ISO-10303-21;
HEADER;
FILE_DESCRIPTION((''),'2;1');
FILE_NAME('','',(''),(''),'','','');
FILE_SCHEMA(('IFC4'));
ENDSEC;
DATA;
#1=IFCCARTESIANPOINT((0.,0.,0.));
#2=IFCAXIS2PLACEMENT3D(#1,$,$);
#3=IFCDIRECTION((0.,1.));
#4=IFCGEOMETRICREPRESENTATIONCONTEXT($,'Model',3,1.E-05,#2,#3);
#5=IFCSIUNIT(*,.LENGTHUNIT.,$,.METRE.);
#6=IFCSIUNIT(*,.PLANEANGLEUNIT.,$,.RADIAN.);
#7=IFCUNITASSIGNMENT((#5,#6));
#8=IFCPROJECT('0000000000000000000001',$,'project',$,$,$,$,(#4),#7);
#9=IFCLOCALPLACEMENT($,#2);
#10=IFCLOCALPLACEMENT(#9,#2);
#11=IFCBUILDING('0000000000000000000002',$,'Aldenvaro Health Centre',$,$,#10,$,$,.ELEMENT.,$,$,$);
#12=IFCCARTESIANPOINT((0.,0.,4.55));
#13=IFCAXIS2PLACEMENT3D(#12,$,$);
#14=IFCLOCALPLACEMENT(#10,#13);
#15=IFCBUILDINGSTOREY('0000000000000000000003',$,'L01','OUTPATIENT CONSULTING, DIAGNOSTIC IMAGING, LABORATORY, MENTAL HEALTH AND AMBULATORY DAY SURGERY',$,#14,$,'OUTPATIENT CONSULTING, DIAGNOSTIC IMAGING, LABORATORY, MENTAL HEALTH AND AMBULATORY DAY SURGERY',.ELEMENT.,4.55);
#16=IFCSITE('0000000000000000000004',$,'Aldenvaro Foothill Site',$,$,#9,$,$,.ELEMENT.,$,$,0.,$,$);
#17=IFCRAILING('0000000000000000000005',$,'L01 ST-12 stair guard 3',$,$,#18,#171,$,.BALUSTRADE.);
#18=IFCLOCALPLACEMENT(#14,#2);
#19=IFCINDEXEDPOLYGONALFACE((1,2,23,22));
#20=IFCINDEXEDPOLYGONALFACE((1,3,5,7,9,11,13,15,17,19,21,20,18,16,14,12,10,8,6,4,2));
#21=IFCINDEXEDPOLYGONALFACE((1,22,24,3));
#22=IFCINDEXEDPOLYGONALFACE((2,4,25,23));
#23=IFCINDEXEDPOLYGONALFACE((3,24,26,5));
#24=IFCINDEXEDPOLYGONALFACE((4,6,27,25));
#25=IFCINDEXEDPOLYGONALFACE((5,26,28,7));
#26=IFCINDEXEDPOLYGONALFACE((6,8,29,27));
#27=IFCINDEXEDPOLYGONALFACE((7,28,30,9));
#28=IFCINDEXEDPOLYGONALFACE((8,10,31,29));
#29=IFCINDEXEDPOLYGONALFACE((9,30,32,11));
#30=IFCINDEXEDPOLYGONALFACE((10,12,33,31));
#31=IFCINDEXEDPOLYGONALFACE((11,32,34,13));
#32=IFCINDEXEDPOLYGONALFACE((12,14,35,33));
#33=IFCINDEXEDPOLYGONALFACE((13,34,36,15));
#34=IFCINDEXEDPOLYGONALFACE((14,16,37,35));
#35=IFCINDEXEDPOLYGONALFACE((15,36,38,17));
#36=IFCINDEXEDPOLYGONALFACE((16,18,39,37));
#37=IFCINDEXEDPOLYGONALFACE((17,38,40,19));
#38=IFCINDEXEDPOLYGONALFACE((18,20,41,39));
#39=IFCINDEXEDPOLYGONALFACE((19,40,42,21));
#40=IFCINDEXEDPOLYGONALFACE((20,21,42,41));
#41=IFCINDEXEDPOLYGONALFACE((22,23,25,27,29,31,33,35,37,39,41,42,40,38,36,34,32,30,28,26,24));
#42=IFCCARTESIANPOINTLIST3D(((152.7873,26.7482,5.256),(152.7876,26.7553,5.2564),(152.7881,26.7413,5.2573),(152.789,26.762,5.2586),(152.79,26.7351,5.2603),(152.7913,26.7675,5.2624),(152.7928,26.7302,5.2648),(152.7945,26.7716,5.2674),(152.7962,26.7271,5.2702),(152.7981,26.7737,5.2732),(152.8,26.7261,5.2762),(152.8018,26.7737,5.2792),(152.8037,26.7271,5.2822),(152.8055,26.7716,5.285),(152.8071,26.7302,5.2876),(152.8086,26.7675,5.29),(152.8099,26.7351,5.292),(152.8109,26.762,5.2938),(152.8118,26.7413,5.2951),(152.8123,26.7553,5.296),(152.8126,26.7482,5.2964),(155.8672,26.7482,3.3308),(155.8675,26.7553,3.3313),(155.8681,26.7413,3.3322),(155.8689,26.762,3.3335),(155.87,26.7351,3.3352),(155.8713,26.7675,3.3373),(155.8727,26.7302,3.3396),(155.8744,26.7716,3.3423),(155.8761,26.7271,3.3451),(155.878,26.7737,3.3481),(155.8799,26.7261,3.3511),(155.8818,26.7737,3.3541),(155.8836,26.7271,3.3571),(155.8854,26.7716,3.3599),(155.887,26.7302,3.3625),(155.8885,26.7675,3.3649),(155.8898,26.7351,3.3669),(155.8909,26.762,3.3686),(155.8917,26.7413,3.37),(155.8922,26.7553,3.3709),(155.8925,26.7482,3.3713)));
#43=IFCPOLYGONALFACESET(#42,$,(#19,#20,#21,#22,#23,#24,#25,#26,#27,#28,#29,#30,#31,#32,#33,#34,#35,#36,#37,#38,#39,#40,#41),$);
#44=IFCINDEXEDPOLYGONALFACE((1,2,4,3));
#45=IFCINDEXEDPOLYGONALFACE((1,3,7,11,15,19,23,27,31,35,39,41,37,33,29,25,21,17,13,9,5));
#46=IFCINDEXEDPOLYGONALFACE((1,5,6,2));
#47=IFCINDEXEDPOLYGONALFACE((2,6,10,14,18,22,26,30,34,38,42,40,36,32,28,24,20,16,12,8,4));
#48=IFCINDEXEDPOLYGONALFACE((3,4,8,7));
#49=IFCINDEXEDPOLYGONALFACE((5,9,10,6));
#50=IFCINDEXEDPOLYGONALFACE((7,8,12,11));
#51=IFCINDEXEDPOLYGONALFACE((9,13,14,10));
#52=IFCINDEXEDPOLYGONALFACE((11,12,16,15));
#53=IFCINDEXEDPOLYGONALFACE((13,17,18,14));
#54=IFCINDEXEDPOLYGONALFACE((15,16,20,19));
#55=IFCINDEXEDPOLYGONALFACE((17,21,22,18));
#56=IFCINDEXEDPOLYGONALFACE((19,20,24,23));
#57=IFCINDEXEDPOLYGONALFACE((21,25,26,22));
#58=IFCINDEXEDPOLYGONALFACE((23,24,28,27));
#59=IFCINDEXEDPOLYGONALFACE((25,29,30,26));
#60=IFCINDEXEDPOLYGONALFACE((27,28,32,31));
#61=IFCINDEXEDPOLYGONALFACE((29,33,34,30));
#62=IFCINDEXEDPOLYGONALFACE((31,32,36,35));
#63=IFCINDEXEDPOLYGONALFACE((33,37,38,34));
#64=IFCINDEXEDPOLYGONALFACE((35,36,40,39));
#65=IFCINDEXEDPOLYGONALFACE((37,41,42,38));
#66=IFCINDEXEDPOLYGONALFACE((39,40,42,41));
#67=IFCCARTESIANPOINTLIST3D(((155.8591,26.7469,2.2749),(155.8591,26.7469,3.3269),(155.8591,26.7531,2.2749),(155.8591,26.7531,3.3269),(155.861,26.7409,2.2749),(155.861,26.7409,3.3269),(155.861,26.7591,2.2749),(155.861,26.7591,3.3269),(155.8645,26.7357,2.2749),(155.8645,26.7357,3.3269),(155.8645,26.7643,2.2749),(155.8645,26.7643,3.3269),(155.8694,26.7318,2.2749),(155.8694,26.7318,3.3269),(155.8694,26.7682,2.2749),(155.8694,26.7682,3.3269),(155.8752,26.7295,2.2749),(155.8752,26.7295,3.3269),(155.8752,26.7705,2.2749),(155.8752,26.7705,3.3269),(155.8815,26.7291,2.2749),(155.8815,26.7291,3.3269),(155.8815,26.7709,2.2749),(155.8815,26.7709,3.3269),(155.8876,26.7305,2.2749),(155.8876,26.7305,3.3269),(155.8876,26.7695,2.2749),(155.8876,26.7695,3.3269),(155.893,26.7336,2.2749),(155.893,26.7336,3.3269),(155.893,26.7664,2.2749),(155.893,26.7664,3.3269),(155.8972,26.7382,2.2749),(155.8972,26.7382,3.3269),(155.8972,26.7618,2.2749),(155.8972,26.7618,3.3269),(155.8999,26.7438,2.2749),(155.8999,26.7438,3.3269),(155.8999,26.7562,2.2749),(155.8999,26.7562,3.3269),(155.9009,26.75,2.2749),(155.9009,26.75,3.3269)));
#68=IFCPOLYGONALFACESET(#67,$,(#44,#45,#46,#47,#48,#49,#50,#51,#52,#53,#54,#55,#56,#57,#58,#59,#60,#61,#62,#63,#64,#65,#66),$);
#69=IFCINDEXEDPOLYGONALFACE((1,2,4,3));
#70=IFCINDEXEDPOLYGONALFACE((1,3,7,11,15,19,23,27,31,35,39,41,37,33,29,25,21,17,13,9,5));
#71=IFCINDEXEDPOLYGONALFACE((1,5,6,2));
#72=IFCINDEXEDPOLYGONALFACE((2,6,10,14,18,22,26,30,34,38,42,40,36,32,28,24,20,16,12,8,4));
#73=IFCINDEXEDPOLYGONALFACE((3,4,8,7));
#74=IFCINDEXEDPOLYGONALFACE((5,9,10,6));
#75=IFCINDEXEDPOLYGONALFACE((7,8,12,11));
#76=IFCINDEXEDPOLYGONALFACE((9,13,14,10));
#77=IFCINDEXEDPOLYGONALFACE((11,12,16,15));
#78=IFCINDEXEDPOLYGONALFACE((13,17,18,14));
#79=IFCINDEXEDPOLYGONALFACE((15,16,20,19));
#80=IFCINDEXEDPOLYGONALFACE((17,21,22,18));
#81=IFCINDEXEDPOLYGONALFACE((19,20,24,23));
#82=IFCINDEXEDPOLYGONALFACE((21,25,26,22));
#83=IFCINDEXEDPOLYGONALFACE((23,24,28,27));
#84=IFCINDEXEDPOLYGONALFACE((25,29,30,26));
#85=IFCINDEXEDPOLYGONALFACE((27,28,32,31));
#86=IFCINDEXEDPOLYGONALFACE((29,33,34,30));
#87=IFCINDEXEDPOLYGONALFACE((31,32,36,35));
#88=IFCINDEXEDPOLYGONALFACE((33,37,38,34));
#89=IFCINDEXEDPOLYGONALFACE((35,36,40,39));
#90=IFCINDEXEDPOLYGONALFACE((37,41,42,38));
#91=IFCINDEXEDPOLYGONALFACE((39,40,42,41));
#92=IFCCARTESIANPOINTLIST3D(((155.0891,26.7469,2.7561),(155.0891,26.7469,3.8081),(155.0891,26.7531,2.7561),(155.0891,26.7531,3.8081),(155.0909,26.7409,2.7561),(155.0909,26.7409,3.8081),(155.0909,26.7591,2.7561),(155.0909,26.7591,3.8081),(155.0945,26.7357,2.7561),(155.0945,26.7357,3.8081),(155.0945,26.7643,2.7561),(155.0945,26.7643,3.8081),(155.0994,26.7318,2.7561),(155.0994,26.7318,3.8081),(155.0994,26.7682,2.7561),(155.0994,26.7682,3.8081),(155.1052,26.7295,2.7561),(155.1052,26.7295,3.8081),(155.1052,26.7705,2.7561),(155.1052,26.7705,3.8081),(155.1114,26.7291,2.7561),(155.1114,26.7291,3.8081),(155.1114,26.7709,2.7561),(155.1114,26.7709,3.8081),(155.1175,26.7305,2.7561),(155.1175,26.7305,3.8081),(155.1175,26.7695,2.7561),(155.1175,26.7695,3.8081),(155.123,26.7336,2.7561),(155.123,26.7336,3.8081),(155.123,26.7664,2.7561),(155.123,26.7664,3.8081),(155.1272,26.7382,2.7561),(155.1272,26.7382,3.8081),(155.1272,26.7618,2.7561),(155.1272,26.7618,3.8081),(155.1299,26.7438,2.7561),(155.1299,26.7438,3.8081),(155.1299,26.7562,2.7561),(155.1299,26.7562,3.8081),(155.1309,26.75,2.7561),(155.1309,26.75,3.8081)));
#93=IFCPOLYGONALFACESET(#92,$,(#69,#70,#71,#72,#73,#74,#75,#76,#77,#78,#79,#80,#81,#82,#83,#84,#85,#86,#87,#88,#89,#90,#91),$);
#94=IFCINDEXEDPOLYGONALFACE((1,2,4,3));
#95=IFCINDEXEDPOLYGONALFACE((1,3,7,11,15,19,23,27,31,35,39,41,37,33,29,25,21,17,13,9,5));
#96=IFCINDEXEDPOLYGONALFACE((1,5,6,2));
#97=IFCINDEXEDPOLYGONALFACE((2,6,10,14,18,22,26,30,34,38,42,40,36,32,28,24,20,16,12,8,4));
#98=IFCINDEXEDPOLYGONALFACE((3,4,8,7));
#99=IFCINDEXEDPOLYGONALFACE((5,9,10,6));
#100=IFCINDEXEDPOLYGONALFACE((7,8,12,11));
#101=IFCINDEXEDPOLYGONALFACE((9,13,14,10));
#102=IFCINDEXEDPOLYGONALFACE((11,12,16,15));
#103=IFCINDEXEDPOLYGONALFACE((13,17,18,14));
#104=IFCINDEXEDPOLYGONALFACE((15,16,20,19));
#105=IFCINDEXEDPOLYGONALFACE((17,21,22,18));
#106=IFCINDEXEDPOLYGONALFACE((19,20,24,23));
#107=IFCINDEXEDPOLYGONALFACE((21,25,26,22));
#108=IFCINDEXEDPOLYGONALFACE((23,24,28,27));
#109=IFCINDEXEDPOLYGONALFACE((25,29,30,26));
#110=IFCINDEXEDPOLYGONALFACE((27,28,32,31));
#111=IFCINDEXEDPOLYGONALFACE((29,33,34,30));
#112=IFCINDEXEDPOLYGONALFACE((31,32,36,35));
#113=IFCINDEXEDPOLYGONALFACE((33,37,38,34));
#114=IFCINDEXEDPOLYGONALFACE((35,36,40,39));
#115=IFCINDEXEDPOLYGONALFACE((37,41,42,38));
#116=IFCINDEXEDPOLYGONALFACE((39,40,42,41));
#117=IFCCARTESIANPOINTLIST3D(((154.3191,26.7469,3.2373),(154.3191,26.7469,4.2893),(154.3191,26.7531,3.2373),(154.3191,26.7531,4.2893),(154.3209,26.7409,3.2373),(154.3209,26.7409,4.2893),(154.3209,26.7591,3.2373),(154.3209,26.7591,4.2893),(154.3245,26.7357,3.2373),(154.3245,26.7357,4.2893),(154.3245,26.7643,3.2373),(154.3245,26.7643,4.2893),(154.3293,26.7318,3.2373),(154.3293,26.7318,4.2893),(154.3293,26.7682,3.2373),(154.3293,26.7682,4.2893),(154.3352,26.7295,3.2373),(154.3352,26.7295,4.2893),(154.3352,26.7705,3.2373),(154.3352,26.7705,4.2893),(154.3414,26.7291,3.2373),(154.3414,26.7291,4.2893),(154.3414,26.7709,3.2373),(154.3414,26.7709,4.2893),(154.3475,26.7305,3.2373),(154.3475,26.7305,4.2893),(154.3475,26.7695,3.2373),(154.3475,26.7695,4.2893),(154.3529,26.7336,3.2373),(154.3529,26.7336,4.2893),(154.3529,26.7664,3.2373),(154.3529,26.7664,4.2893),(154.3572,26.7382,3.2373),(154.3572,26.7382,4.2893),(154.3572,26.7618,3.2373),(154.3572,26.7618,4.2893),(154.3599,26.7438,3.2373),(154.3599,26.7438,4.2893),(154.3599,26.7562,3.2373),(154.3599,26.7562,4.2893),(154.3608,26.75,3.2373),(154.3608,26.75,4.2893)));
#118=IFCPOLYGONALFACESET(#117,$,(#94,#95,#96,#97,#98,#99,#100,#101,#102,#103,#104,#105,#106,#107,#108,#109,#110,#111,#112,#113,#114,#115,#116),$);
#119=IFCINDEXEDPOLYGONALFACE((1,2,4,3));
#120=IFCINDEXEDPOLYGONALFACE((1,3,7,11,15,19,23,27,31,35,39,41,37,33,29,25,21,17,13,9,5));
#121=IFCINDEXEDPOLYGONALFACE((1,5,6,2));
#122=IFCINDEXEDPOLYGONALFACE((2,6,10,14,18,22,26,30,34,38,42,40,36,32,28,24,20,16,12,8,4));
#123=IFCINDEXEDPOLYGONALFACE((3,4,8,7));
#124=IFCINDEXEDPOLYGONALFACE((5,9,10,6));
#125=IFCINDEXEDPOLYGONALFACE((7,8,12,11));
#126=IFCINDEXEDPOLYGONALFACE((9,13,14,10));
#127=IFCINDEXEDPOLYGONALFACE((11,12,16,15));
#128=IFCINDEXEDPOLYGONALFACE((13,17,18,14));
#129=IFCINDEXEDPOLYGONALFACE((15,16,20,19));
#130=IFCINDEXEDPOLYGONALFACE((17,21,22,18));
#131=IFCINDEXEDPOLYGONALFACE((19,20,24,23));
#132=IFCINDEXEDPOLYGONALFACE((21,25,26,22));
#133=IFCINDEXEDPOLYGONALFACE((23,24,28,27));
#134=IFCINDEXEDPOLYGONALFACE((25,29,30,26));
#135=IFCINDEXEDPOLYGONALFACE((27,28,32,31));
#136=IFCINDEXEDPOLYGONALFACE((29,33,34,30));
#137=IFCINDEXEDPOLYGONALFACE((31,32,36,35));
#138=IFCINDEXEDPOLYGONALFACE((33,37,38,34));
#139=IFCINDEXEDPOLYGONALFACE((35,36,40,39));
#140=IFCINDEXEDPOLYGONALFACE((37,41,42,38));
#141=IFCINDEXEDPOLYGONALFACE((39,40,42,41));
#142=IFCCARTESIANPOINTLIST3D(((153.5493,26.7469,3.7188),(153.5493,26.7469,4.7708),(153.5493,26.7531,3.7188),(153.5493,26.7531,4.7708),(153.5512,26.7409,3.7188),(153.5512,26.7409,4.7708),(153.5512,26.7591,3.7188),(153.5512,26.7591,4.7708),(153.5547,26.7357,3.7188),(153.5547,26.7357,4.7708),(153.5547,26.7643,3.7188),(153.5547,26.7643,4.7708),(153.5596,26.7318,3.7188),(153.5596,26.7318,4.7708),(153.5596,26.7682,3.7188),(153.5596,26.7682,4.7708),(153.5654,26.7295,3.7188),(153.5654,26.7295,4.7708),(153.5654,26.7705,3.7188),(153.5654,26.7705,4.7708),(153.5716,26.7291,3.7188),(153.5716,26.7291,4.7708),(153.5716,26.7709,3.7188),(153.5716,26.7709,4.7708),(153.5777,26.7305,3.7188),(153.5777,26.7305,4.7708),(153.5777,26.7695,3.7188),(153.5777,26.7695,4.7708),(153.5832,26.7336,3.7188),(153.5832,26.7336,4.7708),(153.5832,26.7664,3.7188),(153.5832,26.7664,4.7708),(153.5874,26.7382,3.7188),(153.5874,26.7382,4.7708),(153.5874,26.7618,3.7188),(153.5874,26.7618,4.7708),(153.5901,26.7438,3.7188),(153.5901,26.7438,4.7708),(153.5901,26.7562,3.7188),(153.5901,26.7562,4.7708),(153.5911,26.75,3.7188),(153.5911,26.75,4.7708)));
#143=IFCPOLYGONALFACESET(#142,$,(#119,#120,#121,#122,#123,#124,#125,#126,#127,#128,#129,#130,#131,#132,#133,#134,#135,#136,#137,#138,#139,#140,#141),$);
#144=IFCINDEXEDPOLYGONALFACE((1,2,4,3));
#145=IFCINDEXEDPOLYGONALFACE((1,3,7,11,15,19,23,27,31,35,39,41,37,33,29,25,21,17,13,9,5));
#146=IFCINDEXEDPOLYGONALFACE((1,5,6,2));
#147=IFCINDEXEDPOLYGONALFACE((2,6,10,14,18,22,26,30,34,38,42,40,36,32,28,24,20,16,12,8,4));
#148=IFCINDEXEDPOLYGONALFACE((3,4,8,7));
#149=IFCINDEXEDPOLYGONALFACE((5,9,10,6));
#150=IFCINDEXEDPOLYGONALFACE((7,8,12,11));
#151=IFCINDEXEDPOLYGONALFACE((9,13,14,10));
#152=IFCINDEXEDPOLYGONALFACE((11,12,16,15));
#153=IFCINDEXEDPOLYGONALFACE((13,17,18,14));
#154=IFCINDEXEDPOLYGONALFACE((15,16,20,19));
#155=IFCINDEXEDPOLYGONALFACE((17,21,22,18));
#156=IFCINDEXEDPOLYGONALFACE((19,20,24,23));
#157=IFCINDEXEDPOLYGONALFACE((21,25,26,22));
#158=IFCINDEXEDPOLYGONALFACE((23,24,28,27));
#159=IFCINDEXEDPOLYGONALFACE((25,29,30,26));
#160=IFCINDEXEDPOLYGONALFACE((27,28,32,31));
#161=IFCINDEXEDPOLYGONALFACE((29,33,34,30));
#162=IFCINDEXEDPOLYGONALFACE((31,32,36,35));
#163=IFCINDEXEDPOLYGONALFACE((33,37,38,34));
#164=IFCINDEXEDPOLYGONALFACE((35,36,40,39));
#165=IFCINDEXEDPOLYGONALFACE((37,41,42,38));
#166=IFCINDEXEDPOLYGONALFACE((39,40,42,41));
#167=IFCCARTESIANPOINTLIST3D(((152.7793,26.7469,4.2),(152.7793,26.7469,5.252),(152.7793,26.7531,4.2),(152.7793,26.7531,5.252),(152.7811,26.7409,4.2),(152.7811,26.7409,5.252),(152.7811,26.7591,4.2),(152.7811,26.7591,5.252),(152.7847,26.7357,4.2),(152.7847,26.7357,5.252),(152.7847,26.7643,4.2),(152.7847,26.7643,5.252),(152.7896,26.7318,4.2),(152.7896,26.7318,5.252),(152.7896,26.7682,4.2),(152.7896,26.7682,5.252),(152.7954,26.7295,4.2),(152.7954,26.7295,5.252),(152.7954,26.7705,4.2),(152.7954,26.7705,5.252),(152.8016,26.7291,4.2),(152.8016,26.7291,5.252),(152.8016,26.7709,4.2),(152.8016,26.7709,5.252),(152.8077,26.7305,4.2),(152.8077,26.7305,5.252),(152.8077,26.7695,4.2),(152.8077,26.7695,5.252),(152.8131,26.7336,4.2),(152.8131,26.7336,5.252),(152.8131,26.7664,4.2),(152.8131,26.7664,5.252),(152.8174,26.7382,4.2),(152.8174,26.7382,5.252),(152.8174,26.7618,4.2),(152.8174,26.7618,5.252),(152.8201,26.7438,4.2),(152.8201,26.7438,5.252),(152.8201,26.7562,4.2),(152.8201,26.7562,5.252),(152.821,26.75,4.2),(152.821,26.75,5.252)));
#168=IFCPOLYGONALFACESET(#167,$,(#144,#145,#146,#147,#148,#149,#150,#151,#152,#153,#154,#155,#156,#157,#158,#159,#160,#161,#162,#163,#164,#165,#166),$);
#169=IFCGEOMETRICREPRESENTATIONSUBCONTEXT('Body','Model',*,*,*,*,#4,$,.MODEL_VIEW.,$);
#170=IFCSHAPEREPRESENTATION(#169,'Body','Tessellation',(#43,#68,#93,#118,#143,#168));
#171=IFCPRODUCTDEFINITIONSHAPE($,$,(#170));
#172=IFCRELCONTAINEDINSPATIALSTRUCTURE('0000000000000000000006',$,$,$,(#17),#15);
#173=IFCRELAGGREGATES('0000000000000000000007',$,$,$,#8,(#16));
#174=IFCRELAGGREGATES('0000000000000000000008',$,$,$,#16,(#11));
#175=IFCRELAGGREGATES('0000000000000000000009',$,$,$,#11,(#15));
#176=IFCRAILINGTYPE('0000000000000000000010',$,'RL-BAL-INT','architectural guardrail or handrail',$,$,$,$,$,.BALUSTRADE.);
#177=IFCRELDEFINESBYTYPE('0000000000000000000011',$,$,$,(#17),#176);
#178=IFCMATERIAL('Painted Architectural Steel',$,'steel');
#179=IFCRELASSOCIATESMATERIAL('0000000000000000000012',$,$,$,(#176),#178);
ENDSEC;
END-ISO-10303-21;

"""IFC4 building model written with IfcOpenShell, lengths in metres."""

from ifc_helpers import new_model, si_unit, direction, frame, origin, origin_2d, place, context, subcontext, project, spatial, circle, extrude, material, type_object, element, save


model = new_model("IFC4")

# Units and contexts
model_context = context("Model", 3, precision=1e-05, world=origin(), true_north=direction((0.0, 1.0)))
body_context = subcontext(model_context, "Body", "Model", "MODEL_VIEW")
ifc_project = project(units=[si_unit("LENGTHUNIT", "METRE"), si_unit("PLANEANGLEUNIT", "RADIAN")], contexts=[model_context])

# Site, building, storey
site_placement = place(None, origin())
site = spatial("IfcSite", under=ifc_project, at=site_placement, Name="Aldenvaro Foothill Site", CompositionType="ELEMENT", RefElevation=0.0)
building_placement = place(site_placement, origin())
building = spatial("IfcBuilding", under=site, at=building_placement, Name="Aldenvaro Health Centre", CompositionType="ELEMENT")
storey_placement = place(building_placement, frame((0.0, 0.0, 4.55)))
storey = spatial("IfcBuildingStorey", under=building, at=storey_placement, Name="L01", Description="OUTPATIENT CONSULTING, DIAGNOSTIC IMAGING, LABORATORY, MENTAL HEALTH AND AMBULATORY DAY SURGERY", LongName="OUTPATIENT CONSULTING, DIAGNOSTIC IMAGING, LABORATORY, MENTAL HEALTH AND AMBULATORY DAY SURGERY", CompositionType="ELEMENT", Elevation=4.55)

# Railing
ifc_material_1 = material(Name="Painted Architectural Steel", Category="steel")
railing_type_1 = type_object("IfcRailingType", Name="RL-BAL-INT", Description="architectural guardrail or handrail", PredefinedType="BALUSTRADE", material=ifc_material_1)
railing_1_placement = place(storey_placement, frame((155.8799, 26.75, 2.2749)))
element("IfcRailing", 1, at=railing_1_placement, inside=storey, type_object=railing_type_1, Name="L01 ST-12 stair guard 3", PredefinedType="BALUSTRADE", context=body_context, shape_type="SweptSolid", body=[
    extrude(circle(Radius=0.0239, at=origin_2d()), frame((0.0, 0.0, 1.0762), z_axis=(-0.847979, 0.0, 0.530029), x_axis=(0.0, -1.0, 0.0)), (0.0, 0.0, 1.0), 3.6321),
    extrude(circle(Radius=0.021, at=origin_2d()), origin(), (0.0, 0.0, 1.0), 1.052),
    extrude(circle(Radius=0.021, at=origin_2d()), frame((-0.77, 0.0, 0.4812)), (0.0, 0.0, 1.0), 1.052),
    extrude(circle(Radius=0.021, at=origin_2d()), frame((-1.54, 0.0, 0.9624)), (0.0, 0.0, 1.0), 1.052),
    extrude(circle(Radius=0.021, at=origin_2d()), frame((-2.3098, 0.0, 1.4438)), (0.0, 0.0, 1.0), 1.052),
    extrude(circle(Radius=0.021, at=origin_2d()), frame((-3.0798, 0.0, 1.925)), (0.0, 0.0, 1.0), 1.052),
])

save(model, "model.ifc")
